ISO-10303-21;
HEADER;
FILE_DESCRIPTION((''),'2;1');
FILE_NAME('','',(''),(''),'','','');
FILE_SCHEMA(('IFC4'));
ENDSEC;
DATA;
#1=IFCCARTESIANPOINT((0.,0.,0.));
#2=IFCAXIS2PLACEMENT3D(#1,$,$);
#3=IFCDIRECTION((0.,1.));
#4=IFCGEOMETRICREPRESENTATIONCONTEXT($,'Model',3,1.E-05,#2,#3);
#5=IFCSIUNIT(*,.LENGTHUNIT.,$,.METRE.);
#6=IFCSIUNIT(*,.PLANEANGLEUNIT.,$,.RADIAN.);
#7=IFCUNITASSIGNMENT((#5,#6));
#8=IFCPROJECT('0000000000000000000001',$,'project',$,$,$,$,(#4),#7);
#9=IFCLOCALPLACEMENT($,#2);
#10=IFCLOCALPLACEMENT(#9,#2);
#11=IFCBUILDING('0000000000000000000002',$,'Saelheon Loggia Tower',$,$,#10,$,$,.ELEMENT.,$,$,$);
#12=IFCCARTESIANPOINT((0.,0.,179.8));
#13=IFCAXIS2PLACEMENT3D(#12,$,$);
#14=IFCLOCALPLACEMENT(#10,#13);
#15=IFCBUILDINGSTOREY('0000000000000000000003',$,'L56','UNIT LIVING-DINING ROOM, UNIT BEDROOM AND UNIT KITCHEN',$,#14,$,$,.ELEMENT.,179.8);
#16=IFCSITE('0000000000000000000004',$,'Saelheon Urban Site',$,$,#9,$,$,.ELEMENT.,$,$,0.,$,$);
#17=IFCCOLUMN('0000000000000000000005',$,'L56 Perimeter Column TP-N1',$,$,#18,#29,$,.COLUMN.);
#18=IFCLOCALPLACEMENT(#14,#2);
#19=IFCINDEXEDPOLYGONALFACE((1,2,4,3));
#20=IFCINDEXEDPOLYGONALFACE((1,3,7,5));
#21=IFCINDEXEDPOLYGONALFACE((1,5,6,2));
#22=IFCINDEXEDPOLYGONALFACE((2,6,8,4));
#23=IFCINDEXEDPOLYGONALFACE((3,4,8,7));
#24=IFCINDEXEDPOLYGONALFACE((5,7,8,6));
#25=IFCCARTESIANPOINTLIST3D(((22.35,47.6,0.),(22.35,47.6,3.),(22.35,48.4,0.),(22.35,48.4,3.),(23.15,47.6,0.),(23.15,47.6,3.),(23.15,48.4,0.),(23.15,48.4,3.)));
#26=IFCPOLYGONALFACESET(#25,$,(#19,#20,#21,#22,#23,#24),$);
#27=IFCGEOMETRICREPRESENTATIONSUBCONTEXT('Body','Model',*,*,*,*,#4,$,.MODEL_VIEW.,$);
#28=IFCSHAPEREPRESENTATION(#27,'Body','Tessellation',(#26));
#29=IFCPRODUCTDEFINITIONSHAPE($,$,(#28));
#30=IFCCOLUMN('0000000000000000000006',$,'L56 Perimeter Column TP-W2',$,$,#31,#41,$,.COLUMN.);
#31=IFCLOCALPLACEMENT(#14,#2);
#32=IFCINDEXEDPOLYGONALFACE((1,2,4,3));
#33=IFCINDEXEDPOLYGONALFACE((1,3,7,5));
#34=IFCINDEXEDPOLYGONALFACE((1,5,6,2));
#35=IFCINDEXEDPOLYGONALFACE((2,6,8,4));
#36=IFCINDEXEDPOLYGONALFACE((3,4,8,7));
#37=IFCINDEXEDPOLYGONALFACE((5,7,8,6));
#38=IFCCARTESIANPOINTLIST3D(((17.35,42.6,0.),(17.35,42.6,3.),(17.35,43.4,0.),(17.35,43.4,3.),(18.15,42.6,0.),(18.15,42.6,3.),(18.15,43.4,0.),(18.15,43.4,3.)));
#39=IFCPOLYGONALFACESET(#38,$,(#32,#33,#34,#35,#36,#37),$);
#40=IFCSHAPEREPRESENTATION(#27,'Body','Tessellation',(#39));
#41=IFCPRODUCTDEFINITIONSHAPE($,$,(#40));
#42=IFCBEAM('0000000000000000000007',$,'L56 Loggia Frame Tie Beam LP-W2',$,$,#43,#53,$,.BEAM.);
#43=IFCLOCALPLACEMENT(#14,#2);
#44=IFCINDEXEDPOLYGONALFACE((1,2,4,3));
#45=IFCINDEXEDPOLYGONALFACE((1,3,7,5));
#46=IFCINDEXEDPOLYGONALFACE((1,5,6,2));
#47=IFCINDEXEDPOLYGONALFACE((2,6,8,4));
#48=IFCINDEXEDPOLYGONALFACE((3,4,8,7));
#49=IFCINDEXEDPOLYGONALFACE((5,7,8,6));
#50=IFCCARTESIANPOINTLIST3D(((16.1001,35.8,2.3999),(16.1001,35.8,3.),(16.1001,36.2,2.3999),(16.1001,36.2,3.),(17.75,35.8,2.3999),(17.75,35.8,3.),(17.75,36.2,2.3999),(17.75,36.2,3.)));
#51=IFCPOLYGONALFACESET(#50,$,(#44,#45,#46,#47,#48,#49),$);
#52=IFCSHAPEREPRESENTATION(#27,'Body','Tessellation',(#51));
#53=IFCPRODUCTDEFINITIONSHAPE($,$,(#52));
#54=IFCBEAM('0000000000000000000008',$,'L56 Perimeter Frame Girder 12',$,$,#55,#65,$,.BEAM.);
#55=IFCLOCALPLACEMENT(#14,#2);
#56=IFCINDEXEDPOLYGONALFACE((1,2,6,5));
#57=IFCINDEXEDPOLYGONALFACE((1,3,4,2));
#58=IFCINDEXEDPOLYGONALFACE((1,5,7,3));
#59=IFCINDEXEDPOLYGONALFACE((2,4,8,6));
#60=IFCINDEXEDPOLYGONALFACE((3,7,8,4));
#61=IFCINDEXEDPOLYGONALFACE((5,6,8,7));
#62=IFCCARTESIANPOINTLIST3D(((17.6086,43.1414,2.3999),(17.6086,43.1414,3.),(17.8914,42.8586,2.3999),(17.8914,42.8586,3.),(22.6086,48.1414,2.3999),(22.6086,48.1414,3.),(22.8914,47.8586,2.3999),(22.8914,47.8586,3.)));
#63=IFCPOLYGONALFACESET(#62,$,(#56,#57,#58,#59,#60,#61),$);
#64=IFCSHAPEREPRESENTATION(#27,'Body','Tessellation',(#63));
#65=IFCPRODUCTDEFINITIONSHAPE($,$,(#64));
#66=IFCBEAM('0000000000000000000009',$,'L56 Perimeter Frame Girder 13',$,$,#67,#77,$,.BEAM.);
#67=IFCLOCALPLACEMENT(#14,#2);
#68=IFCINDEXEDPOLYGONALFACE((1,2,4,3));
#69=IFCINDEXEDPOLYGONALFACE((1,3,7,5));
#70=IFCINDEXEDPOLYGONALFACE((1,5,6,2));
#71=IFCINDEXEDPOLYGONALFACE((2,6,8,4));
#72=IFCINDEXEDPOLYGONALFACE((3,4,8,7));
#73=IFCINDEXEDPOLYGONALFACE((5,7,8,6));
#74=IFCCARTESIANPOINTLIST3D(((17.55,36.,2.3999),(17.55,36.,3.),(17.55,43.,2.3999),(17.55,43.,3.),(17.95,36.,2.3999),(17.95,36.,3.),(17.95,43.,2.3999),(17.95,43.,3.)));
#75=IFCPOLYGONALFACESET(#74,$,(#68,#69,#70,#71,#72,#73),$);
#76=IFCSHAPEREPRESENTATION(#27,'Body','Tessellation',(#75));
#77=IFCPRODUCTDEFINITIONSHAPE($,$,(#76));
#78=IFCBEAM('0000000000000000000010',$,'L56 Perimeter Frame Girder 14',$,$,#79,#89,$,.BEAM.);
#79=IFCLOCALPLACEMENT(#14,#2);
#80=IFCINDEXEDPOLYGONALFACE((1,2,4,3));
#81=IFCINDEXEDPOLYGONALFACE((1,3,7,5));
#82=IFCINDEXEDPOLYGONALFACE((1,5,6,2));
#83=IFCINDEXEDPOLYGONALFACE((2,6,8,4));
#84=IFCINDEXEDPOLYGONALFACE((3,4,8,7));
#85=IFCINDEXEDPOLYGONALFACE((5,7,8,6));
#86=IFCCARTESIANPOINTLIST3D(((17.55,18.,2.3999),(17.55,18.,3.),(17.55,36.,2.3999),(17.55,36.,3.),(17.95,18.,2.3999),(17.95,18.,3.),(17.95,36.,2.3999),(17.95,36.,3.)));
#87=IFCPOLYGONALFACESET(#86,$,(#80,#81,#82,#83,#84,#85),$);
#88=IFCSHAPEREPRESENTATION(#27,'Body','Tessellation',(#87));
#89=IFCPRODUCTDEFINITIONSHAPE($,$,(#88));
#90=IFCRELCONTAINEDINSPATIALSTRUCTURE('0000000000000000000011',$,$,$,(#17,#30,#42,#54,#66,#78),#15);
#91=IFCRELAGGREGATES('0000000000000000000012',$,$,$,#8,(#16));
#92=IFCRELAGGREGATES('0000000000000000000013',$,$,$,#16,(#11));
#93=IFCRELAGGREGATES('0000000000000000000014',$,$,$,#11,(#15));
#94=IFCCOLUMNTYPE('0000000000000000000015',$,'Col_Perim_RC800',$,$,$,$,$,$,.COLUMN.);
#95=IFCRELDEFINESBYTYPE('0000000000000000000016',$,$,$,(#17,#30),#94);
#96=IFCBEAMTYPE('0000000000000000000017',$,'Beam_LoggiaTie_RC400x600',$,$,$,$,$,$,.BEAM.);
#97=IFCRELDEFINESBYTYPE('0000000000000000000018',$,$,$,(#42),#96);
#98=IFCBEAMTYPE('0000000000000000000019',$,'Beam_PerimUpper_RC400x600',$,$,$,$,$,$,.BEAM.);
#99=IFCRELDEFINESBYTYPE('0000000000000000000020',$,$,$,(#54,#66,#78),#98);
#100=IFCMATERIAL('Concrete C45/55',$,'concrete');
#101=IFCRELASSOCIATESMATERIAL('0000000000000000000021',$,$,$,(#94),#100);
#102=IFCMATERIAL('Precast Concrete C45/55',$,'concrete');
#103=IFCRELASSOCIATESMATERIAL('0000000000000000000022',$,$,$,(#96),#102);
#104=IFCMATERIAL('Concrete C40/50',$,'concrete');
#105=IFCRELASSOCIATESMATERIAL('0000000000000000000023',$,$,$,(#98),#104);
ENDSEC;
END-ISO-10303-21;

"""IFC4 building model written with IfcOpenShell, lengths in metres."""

from ifc_helpers import new_model, si_unit, direction, frame, origin, origin_2d, place, context, subcontext, project, spatial, rectangle, extrude, source, transform, mapped, material, material_profile, profile_set, type_object, element, save


model = new_model("IFC4")

# Units and contexts
model_context = context("Model", 3, precision=1e-05, world=origin(), true_north=direction((0.0, 1.0)))
body_context = subcontext(model_context, "Body", "Model", "MODEL_VIEW")
ifc_project = project(units=[si_unit("LENGTHUNIT", "METRE"), si_unit("PLANEANGLEUNIT", "RADIAN")], contexts=[model_context])

# Site, building, storey
site_placement = place(None, origin())
site = spatial("IfcSite", under=ifc_project, at=site_placement, Name="Saelheon Urban Site", CompositionType="ELEMENT", RefElevation=0.0)
building_placement = place(site_placement, origin())
building = spatial("IfcBuilding", under=site, at=building_placement, Name="Saelheon Loggia Tower", CompositionType="ELEMENT")
storey_placement = place(building_placement, frame((0.0, 0.0, 179.8)))
storey = spatial("IfcBuildingStorey", under=building, at=storey_placement, Name="L56", Description="UNIT LIVING-DINING ROOM, UNIT BEDROOM AND UNIT KITCHEN", CompositionType="ELEMENT", Elevation=179.8)

# Columns
ifc_material_1 = material(Name="Concrete C45/55", Category="concrete")
ifc_material_profile_1 = material_profile(ifc_material_1, rectangle(XDim=0.8, YDim=0.8, at=origin_2d()), Name="RC-800x800")
ifc_profile_set_1 = profile_set([ifc_material_profile_1], Name="Concrete C45/55")
column_type = type_object("IfcColumnType", Name="Col_Perim_RC800", PredefinedType="COLUMN", material=ifc_profile_set_1)
shared_shape_1 = source(origin(), body_context, "Body", "SweptSolid", [
    extrude(rectangle(XDim=0.8, YDim=0.8, at=origin_2d()), origin(), (0.0, 0.0, 1.0), 3.0),
])
for number, where, z_axis, x_axis, name in (
    (1, (22.75, 48.0, 0.0), (0.0, 0.0, 1.0), (1.0, 0.0, 0.0), "L56 Perimeter Column TP-N1"),
    (2, (17.75, 43.0, 0.0), (0.0, 0.0, 1.0), (1.0, 0.0, 0.0), "L56 Perimeter Column TP-W2"),
):
    element("IfcColumn", number, at=place(storey_placement, frame(where, z_axis=z_axis, x_axis=x_axis)), inside=storey, type_object=column_type, Name=name, PredefinedType="COLUMN", context=body_context, shape_type="MappedRepresentation", body=[
        mapped(shared_shape_1, transform((0.0, 0.0, 0.0), scale=1.0)),
    ])

# Beams
ifc_material_2 = material(Name="Precast Concrete C45/55", Category="concrete")
ifc_material_profile_2 = material_profile(ifc_material_2, rectangle(XDim=0.3999, YDim=0.6001, at=origin_2d()), Name="RC-400x600")
ifc_profile_set_2 = profile_set([ifc_material_profile_2], Name="Precast Concrete C45/55")
beam_type_1 = type_object("IfcBeamType", Name="Beam_LoggiaTie_RC400x600", PredefinedType="BEAM", material=ifc_profile_set_2)
shared_shape_2 = source(origin(), body_context, "Body", "SweptSolid", [
    extrude(rectangle(XDim=0.3999, YDim=0.6001, at=origin_2d()), origin(), (0.0, 0.0, 1.0), 1.6499),
])
beam_1_placement = place(storey_placement, frame((17.75, 36.0, 2.7), z_axis=(-1.0, 0.0, 0.0), x_axis=(0.0, -1.0, 0.0)))
element("IfcBeam", 3, at=beam_1_placement, inside=storey, type_object=beam_type_1, Name="L56 Loggia Frame Tie Beam LP-W2", PredefinedType="BEAM", context=body_context, shape_type="MappedRepresentation", body=[
    mapped(shared_shape_2, transform((0.0, 0.0, 0.0), scale=1.0)),
])
ifc_material_3 = material(Name="Concrete C40/50", Category="concrete")
ifc_material_profile_3 = material_profile(ifc_material_3, rectangle(XDim=0.3999, YDim=0.6001, at=origin_2d()), Name="RC-400x600")
ifc_profile_set_3 = profile_set([ifc_material_profile_3], Name="Concrete C40/50")
beam_type_2 = type_object("IfcBeamType", Name="Beam_PerimUpper_RC400x600", PredefinedType="BEAM", material=ifc_profile_set_3)
shared_shape_3 = source(origin(), body_context, "Body", "SweptSolid", [
    extrude(rectangle(XDim=0.3999, YDim=0.6001, at=origin_2d()), origin(), (0.0, 0.0, 1.0), 7.071),
])
beam_2_placement = place(storey_placement, frame((22.75, 48.0, 2.7), z_axis=(-0.707107, -0.707107, 0.0), x_axis=(0.707107, -0.707107, 0.0)))
element("IfcBeam", 4, at=beam_2_placement, inside=storey, type_object=beam_type_2, Name="L56 Perimeter Frame Girder 12", PredefinedType="BEAM", context=body_context, shape_type="MappedRepresentation", body=[
    mapped(shared_shape_3, transform((0.0, 0.0, 0.0), scale=1.0)),
])
shared_shape_4 = source(origin(), body_context, "Body", "SweptSolid", [
    extrude(rectangle(XDim=0.3999, YDim=0.6001, at=origin_2d()), origin(), (0.0, 0.0, 1.0), 7.0),
])
beam_3_placement = place(storey_placement, frame((17.75, 43.0, 2.7), z_axis=(0.0, -1.0, 0.0), x_axis=(1.0, 0.0, 0.0)))
element("IfcBeam", 5, at=beam_3_placement, inside=storey, type_object=beam_type_2, Name="L56 Perimeter Frame Girder 13", PredefinedType="BEAM", context=body_context, shape_type="MappedRepresentation", body=[
    mapped(shared_shape_4, transform((0.0, 0.0, 0.0), scale=1.0)),
])
shared_shape_5 = source(origin(), body_context, "Body", "SweptSolid", [
    extrude(rectangle(XDim=0.3999, YDim=0.6001, at=origin_2d()), origin(), (0.0, 0.0, 1.0), 18.0),
])
beam_4_placement = place(storey_placement, frame((17.75, 36.0, 2.7), z_axis=(0.0, -1.0, 0.0), x_axis=(1.0, 0.0, 0.0)))
element("IfcBeam", 6, at=beam_4_placement, inside=storey, type_object=beam_type_2, Name="L56 Perimeter Frame Girder 14", PredefinedType="BEAM", context=body_context, shape_type="MappedRepresentation", body=[
    mapped(shared_shape_5, transform((0.0, 0.0, 0.0), scale=1.0)),
])

save(model, "model.ifc")
